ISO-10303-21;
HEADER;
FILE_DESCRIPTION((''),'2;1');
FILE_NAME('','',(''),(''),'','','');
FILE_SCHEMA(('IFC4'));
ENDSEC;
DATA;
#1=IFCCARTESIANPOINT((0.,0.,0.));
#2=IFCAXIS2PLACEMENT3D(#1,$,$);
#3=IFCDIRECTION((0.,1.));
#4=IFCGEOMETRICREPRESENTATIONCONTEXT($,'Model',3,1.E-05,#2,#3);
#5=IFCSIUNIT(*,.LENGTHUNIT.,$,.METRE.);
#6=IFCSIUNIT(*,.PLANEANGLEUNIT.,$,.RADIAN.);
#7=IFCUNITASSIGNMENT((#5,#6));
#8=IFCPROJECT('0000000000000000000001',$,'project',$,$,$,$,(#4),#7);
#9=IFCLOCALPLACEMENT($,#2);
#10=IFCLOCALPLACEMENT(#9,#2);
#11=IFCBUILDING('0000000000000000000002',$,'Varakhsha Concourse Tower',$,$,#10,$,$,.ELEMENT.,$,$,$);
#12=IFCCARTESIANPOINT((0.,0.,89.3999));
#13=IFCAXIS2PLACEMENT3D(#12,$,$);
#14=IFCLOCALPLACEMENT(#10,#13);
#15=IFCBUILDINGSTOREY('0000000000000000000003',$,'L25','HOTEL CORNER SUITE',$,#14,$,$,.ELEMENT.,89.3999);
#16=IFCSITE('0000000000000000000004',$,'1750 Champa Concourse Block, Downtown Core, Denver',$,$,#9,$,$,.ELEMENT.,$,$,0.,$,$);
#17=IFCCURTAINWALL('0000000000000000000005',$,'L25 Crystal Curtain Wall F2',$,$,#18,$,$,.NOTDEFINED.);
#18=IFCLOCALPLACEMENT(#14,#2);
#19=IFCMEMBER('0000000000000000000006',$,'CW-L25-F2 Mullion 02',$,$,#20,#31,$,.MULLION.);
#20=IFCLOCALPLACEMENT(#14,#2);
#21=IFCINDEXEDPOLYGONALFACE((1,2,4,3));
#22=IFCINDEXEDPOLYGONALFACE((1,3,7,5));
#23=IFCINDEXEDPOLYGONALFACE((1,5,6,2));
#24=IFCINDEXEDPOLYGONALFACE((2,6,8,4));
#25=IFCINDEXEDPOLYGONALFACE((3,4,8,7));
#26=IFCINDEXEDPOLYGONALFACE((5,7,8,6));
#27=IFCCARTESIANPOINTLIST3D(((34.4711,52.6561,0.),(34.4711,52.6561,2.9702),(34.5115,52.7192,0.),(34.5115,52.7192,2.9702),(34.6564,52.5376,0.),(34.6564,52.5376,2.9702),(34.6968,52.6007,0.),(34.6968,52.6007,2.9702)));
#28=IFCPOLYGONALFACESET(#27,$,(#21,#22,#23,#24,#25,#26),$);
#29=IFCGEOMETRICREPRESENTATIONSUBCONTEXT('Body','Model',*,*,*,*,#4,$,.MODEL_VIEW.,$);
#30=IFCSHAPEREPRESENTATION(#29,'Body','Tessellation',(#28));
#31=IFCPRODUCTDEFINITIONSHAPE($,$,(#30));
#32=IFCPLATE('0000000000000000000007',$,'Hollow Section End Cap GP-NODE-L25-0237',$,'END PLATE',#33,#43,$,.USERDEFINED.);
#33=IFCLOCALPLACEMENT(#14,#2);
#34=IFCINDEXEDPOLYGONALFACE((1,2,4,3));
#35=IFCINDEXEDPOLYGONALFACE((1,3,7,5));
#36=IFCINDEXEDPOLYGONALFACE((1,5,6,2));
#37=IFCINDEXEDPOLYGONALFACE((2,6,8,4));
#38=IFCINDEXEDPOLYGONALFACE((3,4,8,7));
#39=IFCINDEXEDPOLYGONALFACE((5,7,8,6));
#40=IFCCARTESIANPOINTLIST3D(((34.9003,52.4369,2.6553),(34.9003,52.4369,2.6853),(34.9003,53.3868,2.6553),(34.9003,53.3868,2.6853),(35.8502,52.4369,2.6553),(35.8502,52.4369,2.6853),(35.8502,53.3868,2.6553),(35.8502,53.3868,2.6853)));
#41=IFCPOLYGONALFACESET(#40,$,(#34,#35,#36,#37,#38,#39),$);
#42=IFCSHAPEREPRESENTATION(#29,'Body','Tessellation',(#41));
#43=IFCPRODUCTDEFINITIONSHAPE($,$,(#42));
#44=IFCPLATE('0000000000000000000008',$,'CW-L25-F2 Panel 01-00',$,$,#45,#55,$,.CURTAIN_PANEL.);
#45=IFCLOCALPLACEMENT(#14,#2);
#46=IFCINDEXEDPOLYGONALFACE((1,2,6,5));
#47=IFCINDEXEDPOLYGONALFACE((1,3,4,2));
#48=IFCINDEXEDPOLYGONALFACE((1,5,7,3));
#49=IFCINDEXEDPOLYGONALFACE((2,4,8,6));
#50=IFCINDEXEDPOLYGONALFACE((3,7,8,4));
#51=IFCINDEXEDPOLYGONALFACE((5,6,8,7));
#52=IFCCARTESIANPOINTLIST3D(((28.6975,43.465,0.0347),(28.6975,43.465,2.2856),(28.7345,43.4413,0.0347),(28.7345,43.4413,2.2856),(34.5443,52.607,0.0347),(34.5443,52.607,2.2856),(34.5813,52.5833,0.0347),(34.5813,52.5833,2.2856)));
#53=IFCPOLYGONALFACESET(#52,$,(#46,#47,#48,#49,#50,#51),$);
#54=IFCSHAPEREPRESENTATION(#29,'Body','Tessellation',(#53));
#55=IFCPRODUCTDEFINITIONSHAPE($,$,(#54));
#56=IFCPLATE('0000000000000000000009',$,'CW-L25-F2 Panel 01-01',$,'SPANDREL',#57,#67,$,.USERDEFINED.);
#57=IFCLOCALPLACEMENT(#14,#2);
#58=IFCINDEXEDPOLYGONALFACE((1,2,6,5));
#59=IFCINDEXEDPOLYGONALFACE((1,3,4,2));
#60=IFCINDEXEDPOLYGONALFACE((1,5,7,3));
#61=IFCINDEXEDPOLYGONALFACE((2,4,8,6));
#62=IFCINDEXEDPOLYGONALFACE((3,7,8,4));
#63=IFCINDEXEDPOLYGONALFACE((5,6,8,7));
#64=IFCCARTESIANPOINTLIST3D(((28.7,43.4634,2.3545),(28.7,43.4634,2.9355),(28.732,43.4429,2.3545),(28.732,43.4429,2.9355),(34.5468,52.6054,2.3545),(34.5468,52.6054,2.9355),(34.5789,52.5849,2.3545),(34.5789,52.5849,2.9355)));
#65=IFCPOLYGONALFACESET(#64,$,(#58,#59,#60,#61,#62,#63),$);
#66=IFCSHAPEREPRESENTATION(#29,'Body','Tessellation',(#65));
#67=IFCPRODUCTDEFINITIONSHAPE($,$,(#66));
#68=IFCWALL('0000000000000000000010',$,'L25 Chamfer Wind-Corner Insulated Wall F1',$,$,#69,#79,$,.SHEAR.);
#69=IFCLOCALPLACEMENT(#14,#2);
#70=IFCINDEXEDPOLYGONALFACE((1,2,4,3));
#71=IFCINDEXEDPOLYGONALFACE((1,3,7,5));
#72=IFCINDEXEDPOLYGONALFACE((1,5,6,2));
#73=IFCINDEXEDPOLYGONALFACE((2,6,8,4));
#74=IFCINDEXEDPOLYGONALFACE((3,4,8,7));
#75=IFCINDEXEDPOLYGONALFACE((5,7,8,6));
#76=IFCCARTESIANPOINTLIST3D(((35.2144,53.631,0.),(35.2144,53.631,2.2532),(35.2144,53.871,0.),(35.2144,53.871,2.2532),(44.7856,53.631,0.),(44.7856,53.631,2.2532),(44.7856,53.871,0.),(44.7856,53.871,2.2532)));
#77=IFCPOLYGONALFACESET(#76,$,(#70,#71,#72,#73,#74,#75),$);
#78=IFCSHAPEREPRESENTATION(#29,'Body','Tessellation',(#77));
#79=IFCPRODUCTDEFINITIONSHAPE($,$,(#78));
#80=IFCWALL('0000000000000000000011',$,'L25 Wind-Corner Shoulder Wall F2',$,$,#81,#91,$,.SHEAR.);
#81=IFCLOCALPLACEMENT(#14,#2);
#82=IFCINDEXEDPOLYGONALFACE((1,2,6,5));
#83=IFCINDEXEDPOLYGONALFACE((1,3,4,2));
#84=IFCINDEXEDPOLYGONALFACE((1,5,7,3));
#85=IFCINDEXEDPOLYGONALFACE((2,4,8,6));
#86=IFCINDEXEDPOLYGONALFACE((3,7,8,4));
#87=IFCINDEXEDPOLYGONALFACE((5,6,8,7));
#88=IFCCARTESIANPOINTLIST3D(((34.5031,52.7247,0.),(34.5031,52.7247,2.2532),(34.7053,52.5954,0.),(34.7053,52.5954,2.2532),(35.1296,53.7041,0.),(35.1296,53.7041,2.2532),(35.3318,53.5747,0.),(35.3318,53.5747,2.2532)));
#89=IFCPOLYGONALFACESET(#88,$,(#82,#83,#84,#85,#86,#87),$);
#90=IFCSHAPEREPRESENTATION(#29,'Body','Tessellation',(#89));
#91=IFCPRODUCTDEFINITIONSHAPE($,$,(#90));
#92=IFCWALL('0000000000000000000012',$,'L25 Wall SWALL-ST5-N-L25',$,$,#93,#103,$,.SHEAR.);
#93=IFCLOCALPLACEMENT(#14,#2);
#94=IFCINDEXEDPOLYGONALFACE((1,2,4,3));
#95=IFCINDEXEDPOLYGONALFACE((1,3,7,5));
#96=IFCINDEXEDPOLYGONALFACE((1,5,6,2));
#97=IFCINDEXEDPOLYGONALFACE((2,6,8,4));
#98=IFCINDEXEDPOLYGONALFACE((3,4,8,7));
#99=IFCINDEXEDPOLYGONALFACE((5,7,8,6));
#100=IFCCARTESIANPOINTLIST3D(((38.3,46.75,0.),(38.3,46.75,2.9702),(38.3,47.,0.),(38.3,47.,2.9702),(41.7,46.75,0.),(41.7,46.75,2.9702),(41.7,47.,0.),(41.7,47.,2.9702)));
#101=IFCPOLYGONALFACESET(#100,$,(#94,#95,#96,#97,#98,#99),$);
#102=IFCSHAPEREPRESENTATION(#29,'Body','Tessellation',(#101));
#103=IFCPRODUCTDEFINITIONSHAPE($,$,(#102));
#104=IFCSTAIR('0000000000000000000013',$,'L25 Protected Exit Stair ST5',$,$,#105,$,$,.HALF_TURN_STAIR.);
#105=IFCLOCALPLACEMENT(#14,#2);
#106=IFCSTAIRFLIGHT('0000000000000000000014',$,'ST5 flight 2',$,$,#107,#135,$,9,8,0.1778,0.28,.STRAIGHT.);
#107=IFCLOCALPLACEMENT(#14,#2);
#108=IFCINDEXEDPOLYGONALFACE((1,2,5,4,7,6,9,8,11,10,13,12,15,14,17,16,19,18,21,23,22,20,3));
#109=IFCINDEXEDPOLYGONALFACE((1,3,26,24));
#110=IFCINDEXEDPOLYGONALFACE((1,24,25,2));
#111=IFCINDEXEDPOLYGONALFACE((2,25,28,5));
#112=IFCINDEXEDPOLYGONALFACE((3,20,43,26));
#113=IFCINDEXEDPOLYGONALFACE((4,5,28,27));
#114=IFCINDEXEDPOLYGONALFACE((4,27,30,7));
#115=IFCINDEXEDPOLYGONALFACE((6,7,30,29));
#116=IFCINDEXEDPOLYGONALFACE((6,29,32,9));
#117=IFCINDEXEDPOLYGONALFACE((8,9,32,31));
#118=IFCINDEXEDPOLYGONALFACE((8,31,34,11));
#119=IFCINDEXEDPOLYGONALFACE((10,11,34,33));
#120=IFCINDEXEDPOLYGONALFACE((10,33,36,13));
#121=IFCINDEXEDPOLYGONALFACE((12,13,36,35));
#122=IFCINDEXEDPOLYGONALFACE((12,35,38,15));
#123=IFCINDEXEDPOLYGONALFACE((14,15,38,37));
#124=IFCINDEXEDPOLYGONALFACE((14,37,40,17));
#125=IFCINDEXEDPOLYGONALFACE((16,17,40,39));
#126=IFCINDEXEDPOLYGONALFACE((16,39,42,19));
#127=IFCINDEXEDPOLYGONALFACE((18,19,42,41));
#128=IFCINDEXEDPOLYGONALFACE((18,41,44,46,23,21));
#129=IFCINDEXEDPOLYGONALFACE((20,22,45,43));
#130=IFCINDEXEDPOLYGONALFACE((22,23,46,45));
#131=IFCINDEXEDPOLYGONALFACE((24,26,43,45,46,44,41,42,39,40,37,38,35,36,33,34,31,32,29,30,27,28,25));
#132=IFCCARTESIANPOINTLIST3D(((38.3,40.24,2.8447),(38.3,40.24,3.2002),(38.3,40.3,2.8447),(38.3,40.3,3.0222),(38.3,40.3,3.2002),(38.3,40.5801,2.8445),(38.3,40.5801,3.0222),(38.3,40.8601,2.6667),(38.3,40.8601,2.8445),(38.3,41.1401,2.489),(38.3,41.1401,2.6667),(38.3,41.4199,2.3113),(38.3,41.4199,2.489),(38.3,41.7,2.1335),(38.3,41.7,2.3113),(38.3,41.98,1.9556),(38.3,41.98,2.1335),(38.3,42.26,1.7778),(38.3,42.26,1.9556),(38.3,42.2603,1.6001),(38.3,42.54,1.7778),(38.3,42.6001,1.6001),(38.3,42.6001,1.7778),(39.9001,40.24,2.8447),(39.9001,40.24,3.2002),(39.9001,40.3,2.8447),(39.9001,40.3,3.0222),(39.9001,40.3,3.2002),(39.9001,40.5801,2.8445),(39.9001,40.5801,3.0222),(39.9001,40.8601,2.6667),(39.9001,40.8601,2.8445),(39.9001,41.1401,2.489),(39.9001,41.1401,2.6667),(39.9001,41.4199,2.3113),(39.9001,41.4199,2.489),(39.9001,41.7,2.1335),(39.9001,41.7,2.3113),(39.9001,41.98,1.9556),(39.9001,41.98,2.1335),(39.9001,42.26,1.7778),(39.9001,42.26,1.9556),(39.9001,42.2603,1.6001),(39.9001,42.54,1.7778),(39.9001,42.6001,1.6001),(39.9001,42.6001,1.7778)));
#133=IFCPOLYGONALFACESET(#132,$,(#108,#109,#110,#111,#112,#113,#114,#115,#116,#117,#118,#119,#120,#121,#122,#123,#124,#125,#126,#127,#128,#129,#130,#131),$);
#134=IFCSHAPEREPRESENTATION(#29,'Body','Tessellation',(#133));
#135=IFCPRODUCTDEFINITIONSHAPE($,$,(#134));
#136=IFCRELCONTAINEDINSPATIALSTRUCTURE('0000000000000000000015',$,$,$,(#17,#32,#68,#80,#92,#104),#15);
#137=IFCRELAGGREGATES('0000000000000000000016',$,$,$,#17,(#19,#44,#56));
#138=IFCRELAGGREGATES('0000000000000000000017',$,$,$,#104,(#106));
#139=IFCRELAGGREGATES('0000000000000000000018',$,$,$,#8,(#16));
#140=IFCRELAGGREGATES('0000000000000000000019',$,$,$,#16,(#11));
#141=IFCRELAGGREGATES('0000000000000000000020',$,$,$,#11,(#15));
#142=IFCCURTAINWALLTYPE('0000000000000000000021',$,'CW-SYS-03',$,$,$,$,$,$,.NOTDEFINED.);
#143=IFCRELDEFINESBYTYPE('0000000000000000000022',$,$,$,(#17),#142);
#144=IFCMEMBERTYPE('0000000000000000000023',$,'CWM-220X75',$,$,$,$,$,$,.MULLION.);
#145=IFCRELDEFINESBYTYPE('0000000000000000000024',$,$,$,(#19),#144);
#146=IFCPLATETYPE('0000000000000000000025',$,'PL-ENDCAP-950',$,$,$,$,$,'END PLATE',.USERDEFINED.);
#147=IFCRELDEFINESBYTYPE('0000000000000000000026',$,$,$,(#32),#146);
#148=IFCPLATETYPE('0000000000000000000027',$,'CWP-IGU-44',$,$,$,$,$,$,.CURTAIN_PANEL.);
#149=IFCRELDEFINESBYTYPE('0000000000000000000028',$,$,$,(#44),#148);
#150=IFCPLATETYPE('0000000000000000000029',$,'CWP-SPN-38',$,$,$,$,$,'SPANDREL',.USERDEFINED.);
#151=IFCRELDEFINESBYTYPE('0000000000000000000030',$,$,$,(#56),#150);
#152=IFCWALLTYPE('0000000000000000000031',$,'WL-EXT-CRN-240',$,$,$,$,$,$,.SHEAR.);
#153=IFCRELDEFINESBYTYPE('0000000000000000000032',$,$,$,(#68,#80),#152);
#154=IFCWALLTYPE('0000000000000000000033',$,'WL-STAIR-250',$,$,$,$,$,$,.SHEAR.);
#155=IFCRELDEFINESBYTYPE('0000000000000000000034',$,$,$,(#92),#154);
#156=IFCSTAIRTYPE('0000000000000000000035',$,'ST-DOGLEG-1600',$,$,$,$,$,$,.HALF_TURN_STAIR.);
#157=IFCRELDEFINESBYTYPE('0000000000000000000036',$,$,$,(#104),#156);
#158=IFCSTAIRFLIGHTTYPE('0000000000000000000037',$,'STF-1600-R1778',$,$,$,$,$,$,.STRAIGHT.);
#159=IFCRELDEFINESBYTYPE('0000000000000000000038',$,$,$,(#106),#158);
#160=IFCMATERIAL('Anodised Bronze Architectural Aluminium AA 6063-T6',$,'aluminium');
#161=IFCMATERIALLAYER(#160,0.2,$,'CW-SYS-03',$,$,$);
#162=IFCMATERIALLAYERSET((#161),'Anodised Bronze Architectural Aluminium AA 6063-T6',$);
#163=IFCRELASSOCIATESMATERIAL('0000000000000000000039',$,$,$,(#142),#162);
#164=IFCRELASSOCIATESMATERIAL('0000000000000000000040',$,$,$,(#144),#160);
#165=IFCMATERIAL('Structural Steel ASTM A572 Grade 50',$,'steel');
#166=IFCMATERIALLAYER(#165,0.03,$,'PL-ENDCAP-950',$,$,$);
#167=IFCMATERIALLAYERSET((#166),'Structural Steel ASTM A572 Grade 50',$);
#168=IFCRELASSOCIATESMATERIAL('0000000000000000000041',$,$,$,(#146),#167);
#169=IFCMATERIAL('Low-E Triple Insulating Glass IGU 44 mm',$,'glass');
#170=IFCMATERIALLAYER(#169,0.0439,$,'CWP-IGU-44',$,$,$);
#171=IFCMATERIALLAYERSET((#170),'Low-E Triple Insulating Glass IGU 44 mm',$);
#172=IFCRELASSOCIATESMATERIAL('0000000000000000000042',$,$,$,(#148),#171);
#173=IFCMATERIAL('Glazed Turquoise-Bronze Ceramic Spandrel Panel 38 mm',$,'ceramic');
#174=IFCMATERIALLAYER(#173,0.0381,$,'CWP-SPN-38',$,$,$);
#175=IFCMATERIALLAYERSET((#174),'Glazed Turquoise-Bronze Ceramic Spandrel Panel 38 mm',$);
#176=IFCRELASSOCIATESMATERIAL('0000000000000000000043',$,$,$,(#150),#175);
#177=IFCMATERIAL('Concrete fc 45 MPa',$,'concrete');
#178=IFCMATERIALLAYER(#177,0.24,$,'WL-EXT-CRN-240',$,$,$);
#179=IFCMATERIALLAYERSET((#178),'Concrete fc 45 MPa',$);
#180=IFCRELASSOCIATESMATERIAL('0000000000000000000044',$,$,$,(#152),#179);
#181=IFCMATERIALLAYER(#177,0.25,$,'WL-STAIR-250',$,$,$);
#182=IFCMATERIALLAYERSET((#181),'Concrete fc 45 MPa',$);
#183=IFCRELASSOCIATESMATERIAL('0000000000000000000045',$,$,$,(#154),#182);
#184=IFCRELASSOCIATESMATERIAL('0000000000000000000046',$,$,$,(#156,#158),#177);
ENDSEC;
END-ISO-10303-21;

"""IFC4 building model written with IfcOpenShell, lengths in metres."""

from ifc_helpers import new_model, si_unit, direction, frame, frame_2d, origin, origin_2d, place, context, subcontext, project, spatial, polyline, rectangle, outline, extrude, source, transform, mapped, material, layer, layer_set, material_profile, profile_set, type_object, type_shapes, element, aggregate, save


model = new_model("IFC4")

# Units and contexts
model_context = context("Model", 3, precision=1e-05, world=origin(), true_north=direction((0.0, 1.0)))
body_context = subcontext(model_context, "Body", "Model", "MODEL_VIEW")
ifc_project = project(units=[si_unit("LENGTHUNIT", "METRE"), si_unit("PLANEANGLEUNIT", "RADIAN")], contexts=[model_context])

# Site, building, storey
site_placement = place(None, origin())
site = spatial("IfcSite", under=ifc_project, at=site_placement, Name="1750 Champa Concourse Block, Downtown Core, Denver", CompositionType="ELEMENT", RefElevation=0.0)
building_placement = place(site_placement, origin())
building = spatial("IfcBuilding", under=site, at=building_placement, Name="Varakhsha Concourse Tower", CompositionType="ELEMENT")
storey_placement = place(building_placement, frame((0.0, 0.0, 89.3999)))
storey = spatial("IfcBuildingStorey", under=building, at=storey_placement, Name="L25", Description="HOTEL CORNER SUITE", CompositionType="ELEMENT", Elevation=89.3999)

# Shared definitions
ifc_material_1 = material(Name="Structural Steel ASTM A572 Grade 50", Category="steel")

# Curtain wall, member
ifc_material_2 = material(Name="Anodised Bronze Architectural Aluminium AA 6063-T6", Category="aluminium")
ifc_layer_1 = layer(ifc_material_2, 0.2, Name="CW-SYS-03")
ifc_layer_set_1 = layer_set([ifc_layer_1], Name="Anodised Bronze Architectural Aluminium AA 6063-T6")
curtain_wall_type = type_object("IfcCurtainWallType", Name="CW-SYS-03", PredefinedType="NOTDEFINED", material=ifc_layer_set_1)
curtain_wall_placement = place(storey_placement, origin())
curtain_wall = element("IfcCurtainWall", 1, at=curtain_wall_placement, inside=storey, type_object=curtain_wall_type, Name="L25 Crystal Curtain Wall F2", PredefinedType="NOTDEFINED")
ifc_material_profile_1 = material_profile(ifc_material_2, rectangle(XDim=0.075, YDim=0.22, at=origin_2d()), Name="CWM-220X75")
ifc_profile_set_1 = profile_set([ifc_material_profile_1], Name="Anodised Bronze Architectural Aluminium AA 6063-T6")
member_type = type_object("IfcMemberType", Name="CWM-220X75", PredefinedType="MULLION", material=ifc_profile_set_1)
shared_shape_1 = source(origin(), body_context, "Body", "SweptSolid", [
    extrude(rectangle(XDim=0.075, YDim=0.22, at=origin_2d()), origin(), (0.0, 0.0, 1.0), 2.9702),
])
type_shapes(member_type, [shared_shape_1])
member_1_placement = place(storey_placement, frame((34.584, 52.6284, 0.0), z_axis=(0.0, 0.0, 1.0), x_axis=(0.538787, 0.842442, 0.0)))
member_1 = element("IfcMember", 2, at=member_1_placement, type_object=member_type, Name="CW-L25-F2 Mullion 02", PredefinedType="MULLION", context=body_context, shape_type="MappedRepresentation", body=[
    mapped(shared_shape_1, transform((0.0, 0.0, 0.0), scale=1.0)),
])

# Plates
ifc_layer_2 = layer(ifc_material_1, 0.03, Name="PL-ENDCAP-950")
ifc_layer_set_2 = layer_set([ifc_layer_2], Name="Structural Steel ASTM A572 Grade 50")
plate_type_1 = type_object("IfcPlateType", Name="PL-ENDCAP-950", ElementType="END PLATE", PredefinedType="USERDEFINED", material=ifc_layer_set_2)
shared_shape_2 = source(origin(), body_context, "Body", "SweptSolid", [
    extrude(rectangle(XDim=0.95, YDim=0.95, at=origin_2d()), origin(), (0.0, 0.0, 1.0), 0.03),
])
type_shapes(plate_type_1, [shared_shape_2])
plate_1_placement = place(storey_placement, frame((35.3752, 52.9119, 2.6553), z_axis=(0.0, 0.0, 1.0), x_axis=(1.0, 0.0, 0.0)))
element("IfcPlate", 3, at=plate_1_placement, inside=storey, type_object=plate_type_1, Name="Hollow Section End Cap GP-NODE-L25-0237", ObjectType="END PLATE", PredefinedType="USERDEFINED", context=body_context, shape_type="MappedRepresentation", body=[
    mapped(shared_shape_2, transform((0.0, 0.0, 0.0), scale=1.0)),
])
ifc_material_3 = material(Name="Low-E Triple Insulating Glass IGU 44 mm", Category="glass")
ifc_layer_3 = layer(ifc_material_3, 0.0439, Name="CWP-IGU-44")
ifc_layer_set_3 = layer_set([ifc_layer_3], Name="Low-E Triple Insulating Glass IGU 44 mm")
plate_type_2 = type_object("IfcPlateType", Name="CWP-IGU-44", PredefinedType="CURTAIN_PANEL", material=ifc_layer_set_3)
shared_shape_3 = source(origin(), body_context, "Body", "SweptSolid", [
    extrude(rectangle(XDim=10.8518, YDim=0.0439, at=origin_2d()), origin(), (0.0, 0.0, 1.0), 2.251),
])
type_shapes(plate_type_2, [shared_shape_3])
plate_2_placement = place(storey_placement, frame((31.6394, 48.0242, 0.0347), z_axis=(0.0, 0.0, 1.0), x_axis=(0.538787, 0.842442, 0.0)))
plate_2 = element("IfcPlate", 4, at=plate_2_placement, type_object=plate_type_2, Name="CW-L25-F2 Panel 01-00", PredefinedType="CURTAIN_PANEL", context=body_context, shape_type="MappedRepresentation", body=[
    mapped(shared_shape_3, transform((0.0, 0.0, 0.0), scale=1.0)),
])
ifc_material_4 = material(Name="Glazed Turquoise-Bronze Ceramic Spandrel Panel 38 mm", Category="ceramic")
ifc_layer_4 = layer(ifc_material_4, 0.0381, Name="CWP-SPN-38")
ifc_layer_set_4 = layer_set([ifc_layer_4], Name="Glazed Turquoise-Bronze Ceramic Spandrel Panel 38 mm")
plate_type_3 = type_object("IfcPlateType", Name="CWP-SPN-38", ElementType="SPANDREL", PredefinedType="USERDEFINED", material=ifc_layer_set_4)
shared_shape_4 = source(origin(), body_context, "Body", "SweptSolid", [
    extrude(rectangle(XDim=10.8518, YDim=0.0381, at=origin_2d()), origin(), (0.0, 0.0, 1.0), 0.5811),
])
type_shapes(plate_type_3, [shared_shape_4])
plate_3_placement = place(storey_placement, frame((31.6394, 48.0242, 2.3545), z_axis=(0.0, 0.0, 1.0), x_axis=(0.538787, 0.842442, 0.0)))
plate_3 = element("IfcPlate", 5, at=plate_3_placement, type_object=plate_type_3, Name="CW-L25-F2 Panel 01-01", ObjectType="SPANDREL", PredefinedType="USERDEFINED", context=body_context, shape_type="MappedRepresentation", body=[
    mapped(shared_shape_4, transform((0.0, 0.0, 0.0), scale=1.0)),
])
aggregate(curtain_wall, [member_1, plate_2, plate_3])

# Walls
ifc_material_5 = material(Name="Concrete fc 45 MPa", Category="concrete")
ifc_layer_5 = layer(ifc_material_5, 0.24, Name="WL-EXT-CRN-240")
ifc_layer_set_5 = layer_set([ifc_layer_5], Name="Concrete fc 45 MPa")
wall_type_1 = type_object("IfcWallType", Name="WL-EXT-CRN-240", PredefinedType="SHEAR", material=ifc_layer_set_5)
wall_1_placement = place(storey_placement, frame((35.2144, 53.751, 0.0), z_axis=(0.0, 0.0, 1.0), x_axis=(1.0, 0.0, 0.0)))
element("IfcWall", 6, at=wall_1_placement, inside=storey, type_object=wall_type_1, Name="L25 Chamfer Wind-Corner Insulated Wall F1", PredefinedType="SHEAR", context=body_context, shape_type="SweptSolid", body=[
    extrude(rectangle(XDim=9.5713, YDim=0.24, at=frame_2d((4.7856, 0.0))), origin(), (0.0, 0.0, 1.0), 2.2532),
])
wall_2_placement = place(storey_placement, frame((35.2307, 53.6394, 0.0), z_axis=(0.0, 0.0, 1.0), x_axis=(-0.538899, -0.842371, 0.0)))
element("IfcWall", 7, at=wall_2_placement, inside=storey, type_object=wall_type_1, Name="L25 Wind-Corner Shoulder Wall F2", PredefinedType="SHEAR", context=body_context, shape_type="SweptSolid", body=[
    extrude(rectangle(XDim=1.1626, YDim=0.24, at=frame_2d((0.5813, 0.0))), origin(), (0.0, 0.0, 1.0), 2.2532),
])
ifc_layer_6 = layer(ifc_material_5, 0.25, Name="WL-STAIR-250")
ifc_layer_set_6 = layer_set([ifc_layer_6], Name="Concrete fc 45 MPa")
wall_type_2 = type_object("IfcWallType", Name="WL-STAIR-250", PredefinedType="SHEAR", material=ifc_layer_set_6)
wall_3_placement = place(storey_placement, frame((38.3, 46.875, 0.0), z_axis=(0.0, 0.0, 1.0), x_axis=(1.0, 0.0, 0.0)))
element("IfcWall", 8, at=wall_3_placement, inside=storey, type_object=wall_type_2, Name="L25 Wall SWALL-ST5-N-L25", PredefinedType="SHEAR", context=body_context, shape_type="SweptSolid", body=[
    extrude(rectangle(XDim=3.3999, YDim=0.25, at=frame_2d((1.7, 0.0))), origin(), (0.0, 0.0, 1.0), 2.9702),
])

# Stair, stair flight
stair_type = type_object("IfcStairType", Name="ST-DOGLEG-1600", PredefinedType="HALF_TURN_STAIR", material=ifc_material_5)
stair_placement = place(storey_placement, origin())
stair = element("IfcStair", 9, at=stair_placement, inside=storey, type_object=stair_type, Name="L25 Protected Exit Stair ST5", PredefinedType="HALF_TURN_STAIR")
stair_flight_type = type_object("IfcStairFlightType", Name="STF-1600-R1778", PredefinedType="STRAIGHT", material=ifc_material_5)
stair_flight_placement = place(storey_placement, frame((39.1001, 42.54, 1.6001), z_axis=(0.0, 0.0, 1.0), x_axis=(0.0, -1.0, 0.0)))
stair_flight = element("IfcStairFlight", 10, at=stair_flight_placement, type_object=stair_flight_type, Name="ST5 flight 2", NumberOfRisers=9, NumberOfTreads=8, PredefinedType="STRAIGHT", RiserHeight=0.1778, TreadLength=0.28, context=body_context, shape_type="SweptSolid", body=[
    extrude(outline(polyline([(-0.0601, 0.0), (-0.0601, 0.1777), (0.0, 0.1777), (0.28, 0.1777), (0.28, 0.3555), (0.5601, 0.3555), (0.5601, 0.5334), (0.8401, 0.5334), (0.8401, 0.7112), (1.1201, 0.7112), (1.1201, 0.8889), (1.3999, 0.8889), (1.3999, 1.0667), (1.6799, 1.0667), (1.6799, 1.2444), (1.96, 1.2444), (1.96, 1.4221), (2.24, 1.4221), (2.24, 1.6001), (2.3, 1.6001), (2.3, 1.2446), (2.24, 1.2446), (0.2798, 0.0), (-0.0601, 0.0)])), frame((0.0, 0.8, 0.0), z_axis=(0.0, -1.0, 0.0), x_axis=(1.0, 0.0, 0.0)), (0.0, 0.0, 1.0), 1.6001),
])
aggregate(stair, [stair_flight])

save(model, "model.ifc")
